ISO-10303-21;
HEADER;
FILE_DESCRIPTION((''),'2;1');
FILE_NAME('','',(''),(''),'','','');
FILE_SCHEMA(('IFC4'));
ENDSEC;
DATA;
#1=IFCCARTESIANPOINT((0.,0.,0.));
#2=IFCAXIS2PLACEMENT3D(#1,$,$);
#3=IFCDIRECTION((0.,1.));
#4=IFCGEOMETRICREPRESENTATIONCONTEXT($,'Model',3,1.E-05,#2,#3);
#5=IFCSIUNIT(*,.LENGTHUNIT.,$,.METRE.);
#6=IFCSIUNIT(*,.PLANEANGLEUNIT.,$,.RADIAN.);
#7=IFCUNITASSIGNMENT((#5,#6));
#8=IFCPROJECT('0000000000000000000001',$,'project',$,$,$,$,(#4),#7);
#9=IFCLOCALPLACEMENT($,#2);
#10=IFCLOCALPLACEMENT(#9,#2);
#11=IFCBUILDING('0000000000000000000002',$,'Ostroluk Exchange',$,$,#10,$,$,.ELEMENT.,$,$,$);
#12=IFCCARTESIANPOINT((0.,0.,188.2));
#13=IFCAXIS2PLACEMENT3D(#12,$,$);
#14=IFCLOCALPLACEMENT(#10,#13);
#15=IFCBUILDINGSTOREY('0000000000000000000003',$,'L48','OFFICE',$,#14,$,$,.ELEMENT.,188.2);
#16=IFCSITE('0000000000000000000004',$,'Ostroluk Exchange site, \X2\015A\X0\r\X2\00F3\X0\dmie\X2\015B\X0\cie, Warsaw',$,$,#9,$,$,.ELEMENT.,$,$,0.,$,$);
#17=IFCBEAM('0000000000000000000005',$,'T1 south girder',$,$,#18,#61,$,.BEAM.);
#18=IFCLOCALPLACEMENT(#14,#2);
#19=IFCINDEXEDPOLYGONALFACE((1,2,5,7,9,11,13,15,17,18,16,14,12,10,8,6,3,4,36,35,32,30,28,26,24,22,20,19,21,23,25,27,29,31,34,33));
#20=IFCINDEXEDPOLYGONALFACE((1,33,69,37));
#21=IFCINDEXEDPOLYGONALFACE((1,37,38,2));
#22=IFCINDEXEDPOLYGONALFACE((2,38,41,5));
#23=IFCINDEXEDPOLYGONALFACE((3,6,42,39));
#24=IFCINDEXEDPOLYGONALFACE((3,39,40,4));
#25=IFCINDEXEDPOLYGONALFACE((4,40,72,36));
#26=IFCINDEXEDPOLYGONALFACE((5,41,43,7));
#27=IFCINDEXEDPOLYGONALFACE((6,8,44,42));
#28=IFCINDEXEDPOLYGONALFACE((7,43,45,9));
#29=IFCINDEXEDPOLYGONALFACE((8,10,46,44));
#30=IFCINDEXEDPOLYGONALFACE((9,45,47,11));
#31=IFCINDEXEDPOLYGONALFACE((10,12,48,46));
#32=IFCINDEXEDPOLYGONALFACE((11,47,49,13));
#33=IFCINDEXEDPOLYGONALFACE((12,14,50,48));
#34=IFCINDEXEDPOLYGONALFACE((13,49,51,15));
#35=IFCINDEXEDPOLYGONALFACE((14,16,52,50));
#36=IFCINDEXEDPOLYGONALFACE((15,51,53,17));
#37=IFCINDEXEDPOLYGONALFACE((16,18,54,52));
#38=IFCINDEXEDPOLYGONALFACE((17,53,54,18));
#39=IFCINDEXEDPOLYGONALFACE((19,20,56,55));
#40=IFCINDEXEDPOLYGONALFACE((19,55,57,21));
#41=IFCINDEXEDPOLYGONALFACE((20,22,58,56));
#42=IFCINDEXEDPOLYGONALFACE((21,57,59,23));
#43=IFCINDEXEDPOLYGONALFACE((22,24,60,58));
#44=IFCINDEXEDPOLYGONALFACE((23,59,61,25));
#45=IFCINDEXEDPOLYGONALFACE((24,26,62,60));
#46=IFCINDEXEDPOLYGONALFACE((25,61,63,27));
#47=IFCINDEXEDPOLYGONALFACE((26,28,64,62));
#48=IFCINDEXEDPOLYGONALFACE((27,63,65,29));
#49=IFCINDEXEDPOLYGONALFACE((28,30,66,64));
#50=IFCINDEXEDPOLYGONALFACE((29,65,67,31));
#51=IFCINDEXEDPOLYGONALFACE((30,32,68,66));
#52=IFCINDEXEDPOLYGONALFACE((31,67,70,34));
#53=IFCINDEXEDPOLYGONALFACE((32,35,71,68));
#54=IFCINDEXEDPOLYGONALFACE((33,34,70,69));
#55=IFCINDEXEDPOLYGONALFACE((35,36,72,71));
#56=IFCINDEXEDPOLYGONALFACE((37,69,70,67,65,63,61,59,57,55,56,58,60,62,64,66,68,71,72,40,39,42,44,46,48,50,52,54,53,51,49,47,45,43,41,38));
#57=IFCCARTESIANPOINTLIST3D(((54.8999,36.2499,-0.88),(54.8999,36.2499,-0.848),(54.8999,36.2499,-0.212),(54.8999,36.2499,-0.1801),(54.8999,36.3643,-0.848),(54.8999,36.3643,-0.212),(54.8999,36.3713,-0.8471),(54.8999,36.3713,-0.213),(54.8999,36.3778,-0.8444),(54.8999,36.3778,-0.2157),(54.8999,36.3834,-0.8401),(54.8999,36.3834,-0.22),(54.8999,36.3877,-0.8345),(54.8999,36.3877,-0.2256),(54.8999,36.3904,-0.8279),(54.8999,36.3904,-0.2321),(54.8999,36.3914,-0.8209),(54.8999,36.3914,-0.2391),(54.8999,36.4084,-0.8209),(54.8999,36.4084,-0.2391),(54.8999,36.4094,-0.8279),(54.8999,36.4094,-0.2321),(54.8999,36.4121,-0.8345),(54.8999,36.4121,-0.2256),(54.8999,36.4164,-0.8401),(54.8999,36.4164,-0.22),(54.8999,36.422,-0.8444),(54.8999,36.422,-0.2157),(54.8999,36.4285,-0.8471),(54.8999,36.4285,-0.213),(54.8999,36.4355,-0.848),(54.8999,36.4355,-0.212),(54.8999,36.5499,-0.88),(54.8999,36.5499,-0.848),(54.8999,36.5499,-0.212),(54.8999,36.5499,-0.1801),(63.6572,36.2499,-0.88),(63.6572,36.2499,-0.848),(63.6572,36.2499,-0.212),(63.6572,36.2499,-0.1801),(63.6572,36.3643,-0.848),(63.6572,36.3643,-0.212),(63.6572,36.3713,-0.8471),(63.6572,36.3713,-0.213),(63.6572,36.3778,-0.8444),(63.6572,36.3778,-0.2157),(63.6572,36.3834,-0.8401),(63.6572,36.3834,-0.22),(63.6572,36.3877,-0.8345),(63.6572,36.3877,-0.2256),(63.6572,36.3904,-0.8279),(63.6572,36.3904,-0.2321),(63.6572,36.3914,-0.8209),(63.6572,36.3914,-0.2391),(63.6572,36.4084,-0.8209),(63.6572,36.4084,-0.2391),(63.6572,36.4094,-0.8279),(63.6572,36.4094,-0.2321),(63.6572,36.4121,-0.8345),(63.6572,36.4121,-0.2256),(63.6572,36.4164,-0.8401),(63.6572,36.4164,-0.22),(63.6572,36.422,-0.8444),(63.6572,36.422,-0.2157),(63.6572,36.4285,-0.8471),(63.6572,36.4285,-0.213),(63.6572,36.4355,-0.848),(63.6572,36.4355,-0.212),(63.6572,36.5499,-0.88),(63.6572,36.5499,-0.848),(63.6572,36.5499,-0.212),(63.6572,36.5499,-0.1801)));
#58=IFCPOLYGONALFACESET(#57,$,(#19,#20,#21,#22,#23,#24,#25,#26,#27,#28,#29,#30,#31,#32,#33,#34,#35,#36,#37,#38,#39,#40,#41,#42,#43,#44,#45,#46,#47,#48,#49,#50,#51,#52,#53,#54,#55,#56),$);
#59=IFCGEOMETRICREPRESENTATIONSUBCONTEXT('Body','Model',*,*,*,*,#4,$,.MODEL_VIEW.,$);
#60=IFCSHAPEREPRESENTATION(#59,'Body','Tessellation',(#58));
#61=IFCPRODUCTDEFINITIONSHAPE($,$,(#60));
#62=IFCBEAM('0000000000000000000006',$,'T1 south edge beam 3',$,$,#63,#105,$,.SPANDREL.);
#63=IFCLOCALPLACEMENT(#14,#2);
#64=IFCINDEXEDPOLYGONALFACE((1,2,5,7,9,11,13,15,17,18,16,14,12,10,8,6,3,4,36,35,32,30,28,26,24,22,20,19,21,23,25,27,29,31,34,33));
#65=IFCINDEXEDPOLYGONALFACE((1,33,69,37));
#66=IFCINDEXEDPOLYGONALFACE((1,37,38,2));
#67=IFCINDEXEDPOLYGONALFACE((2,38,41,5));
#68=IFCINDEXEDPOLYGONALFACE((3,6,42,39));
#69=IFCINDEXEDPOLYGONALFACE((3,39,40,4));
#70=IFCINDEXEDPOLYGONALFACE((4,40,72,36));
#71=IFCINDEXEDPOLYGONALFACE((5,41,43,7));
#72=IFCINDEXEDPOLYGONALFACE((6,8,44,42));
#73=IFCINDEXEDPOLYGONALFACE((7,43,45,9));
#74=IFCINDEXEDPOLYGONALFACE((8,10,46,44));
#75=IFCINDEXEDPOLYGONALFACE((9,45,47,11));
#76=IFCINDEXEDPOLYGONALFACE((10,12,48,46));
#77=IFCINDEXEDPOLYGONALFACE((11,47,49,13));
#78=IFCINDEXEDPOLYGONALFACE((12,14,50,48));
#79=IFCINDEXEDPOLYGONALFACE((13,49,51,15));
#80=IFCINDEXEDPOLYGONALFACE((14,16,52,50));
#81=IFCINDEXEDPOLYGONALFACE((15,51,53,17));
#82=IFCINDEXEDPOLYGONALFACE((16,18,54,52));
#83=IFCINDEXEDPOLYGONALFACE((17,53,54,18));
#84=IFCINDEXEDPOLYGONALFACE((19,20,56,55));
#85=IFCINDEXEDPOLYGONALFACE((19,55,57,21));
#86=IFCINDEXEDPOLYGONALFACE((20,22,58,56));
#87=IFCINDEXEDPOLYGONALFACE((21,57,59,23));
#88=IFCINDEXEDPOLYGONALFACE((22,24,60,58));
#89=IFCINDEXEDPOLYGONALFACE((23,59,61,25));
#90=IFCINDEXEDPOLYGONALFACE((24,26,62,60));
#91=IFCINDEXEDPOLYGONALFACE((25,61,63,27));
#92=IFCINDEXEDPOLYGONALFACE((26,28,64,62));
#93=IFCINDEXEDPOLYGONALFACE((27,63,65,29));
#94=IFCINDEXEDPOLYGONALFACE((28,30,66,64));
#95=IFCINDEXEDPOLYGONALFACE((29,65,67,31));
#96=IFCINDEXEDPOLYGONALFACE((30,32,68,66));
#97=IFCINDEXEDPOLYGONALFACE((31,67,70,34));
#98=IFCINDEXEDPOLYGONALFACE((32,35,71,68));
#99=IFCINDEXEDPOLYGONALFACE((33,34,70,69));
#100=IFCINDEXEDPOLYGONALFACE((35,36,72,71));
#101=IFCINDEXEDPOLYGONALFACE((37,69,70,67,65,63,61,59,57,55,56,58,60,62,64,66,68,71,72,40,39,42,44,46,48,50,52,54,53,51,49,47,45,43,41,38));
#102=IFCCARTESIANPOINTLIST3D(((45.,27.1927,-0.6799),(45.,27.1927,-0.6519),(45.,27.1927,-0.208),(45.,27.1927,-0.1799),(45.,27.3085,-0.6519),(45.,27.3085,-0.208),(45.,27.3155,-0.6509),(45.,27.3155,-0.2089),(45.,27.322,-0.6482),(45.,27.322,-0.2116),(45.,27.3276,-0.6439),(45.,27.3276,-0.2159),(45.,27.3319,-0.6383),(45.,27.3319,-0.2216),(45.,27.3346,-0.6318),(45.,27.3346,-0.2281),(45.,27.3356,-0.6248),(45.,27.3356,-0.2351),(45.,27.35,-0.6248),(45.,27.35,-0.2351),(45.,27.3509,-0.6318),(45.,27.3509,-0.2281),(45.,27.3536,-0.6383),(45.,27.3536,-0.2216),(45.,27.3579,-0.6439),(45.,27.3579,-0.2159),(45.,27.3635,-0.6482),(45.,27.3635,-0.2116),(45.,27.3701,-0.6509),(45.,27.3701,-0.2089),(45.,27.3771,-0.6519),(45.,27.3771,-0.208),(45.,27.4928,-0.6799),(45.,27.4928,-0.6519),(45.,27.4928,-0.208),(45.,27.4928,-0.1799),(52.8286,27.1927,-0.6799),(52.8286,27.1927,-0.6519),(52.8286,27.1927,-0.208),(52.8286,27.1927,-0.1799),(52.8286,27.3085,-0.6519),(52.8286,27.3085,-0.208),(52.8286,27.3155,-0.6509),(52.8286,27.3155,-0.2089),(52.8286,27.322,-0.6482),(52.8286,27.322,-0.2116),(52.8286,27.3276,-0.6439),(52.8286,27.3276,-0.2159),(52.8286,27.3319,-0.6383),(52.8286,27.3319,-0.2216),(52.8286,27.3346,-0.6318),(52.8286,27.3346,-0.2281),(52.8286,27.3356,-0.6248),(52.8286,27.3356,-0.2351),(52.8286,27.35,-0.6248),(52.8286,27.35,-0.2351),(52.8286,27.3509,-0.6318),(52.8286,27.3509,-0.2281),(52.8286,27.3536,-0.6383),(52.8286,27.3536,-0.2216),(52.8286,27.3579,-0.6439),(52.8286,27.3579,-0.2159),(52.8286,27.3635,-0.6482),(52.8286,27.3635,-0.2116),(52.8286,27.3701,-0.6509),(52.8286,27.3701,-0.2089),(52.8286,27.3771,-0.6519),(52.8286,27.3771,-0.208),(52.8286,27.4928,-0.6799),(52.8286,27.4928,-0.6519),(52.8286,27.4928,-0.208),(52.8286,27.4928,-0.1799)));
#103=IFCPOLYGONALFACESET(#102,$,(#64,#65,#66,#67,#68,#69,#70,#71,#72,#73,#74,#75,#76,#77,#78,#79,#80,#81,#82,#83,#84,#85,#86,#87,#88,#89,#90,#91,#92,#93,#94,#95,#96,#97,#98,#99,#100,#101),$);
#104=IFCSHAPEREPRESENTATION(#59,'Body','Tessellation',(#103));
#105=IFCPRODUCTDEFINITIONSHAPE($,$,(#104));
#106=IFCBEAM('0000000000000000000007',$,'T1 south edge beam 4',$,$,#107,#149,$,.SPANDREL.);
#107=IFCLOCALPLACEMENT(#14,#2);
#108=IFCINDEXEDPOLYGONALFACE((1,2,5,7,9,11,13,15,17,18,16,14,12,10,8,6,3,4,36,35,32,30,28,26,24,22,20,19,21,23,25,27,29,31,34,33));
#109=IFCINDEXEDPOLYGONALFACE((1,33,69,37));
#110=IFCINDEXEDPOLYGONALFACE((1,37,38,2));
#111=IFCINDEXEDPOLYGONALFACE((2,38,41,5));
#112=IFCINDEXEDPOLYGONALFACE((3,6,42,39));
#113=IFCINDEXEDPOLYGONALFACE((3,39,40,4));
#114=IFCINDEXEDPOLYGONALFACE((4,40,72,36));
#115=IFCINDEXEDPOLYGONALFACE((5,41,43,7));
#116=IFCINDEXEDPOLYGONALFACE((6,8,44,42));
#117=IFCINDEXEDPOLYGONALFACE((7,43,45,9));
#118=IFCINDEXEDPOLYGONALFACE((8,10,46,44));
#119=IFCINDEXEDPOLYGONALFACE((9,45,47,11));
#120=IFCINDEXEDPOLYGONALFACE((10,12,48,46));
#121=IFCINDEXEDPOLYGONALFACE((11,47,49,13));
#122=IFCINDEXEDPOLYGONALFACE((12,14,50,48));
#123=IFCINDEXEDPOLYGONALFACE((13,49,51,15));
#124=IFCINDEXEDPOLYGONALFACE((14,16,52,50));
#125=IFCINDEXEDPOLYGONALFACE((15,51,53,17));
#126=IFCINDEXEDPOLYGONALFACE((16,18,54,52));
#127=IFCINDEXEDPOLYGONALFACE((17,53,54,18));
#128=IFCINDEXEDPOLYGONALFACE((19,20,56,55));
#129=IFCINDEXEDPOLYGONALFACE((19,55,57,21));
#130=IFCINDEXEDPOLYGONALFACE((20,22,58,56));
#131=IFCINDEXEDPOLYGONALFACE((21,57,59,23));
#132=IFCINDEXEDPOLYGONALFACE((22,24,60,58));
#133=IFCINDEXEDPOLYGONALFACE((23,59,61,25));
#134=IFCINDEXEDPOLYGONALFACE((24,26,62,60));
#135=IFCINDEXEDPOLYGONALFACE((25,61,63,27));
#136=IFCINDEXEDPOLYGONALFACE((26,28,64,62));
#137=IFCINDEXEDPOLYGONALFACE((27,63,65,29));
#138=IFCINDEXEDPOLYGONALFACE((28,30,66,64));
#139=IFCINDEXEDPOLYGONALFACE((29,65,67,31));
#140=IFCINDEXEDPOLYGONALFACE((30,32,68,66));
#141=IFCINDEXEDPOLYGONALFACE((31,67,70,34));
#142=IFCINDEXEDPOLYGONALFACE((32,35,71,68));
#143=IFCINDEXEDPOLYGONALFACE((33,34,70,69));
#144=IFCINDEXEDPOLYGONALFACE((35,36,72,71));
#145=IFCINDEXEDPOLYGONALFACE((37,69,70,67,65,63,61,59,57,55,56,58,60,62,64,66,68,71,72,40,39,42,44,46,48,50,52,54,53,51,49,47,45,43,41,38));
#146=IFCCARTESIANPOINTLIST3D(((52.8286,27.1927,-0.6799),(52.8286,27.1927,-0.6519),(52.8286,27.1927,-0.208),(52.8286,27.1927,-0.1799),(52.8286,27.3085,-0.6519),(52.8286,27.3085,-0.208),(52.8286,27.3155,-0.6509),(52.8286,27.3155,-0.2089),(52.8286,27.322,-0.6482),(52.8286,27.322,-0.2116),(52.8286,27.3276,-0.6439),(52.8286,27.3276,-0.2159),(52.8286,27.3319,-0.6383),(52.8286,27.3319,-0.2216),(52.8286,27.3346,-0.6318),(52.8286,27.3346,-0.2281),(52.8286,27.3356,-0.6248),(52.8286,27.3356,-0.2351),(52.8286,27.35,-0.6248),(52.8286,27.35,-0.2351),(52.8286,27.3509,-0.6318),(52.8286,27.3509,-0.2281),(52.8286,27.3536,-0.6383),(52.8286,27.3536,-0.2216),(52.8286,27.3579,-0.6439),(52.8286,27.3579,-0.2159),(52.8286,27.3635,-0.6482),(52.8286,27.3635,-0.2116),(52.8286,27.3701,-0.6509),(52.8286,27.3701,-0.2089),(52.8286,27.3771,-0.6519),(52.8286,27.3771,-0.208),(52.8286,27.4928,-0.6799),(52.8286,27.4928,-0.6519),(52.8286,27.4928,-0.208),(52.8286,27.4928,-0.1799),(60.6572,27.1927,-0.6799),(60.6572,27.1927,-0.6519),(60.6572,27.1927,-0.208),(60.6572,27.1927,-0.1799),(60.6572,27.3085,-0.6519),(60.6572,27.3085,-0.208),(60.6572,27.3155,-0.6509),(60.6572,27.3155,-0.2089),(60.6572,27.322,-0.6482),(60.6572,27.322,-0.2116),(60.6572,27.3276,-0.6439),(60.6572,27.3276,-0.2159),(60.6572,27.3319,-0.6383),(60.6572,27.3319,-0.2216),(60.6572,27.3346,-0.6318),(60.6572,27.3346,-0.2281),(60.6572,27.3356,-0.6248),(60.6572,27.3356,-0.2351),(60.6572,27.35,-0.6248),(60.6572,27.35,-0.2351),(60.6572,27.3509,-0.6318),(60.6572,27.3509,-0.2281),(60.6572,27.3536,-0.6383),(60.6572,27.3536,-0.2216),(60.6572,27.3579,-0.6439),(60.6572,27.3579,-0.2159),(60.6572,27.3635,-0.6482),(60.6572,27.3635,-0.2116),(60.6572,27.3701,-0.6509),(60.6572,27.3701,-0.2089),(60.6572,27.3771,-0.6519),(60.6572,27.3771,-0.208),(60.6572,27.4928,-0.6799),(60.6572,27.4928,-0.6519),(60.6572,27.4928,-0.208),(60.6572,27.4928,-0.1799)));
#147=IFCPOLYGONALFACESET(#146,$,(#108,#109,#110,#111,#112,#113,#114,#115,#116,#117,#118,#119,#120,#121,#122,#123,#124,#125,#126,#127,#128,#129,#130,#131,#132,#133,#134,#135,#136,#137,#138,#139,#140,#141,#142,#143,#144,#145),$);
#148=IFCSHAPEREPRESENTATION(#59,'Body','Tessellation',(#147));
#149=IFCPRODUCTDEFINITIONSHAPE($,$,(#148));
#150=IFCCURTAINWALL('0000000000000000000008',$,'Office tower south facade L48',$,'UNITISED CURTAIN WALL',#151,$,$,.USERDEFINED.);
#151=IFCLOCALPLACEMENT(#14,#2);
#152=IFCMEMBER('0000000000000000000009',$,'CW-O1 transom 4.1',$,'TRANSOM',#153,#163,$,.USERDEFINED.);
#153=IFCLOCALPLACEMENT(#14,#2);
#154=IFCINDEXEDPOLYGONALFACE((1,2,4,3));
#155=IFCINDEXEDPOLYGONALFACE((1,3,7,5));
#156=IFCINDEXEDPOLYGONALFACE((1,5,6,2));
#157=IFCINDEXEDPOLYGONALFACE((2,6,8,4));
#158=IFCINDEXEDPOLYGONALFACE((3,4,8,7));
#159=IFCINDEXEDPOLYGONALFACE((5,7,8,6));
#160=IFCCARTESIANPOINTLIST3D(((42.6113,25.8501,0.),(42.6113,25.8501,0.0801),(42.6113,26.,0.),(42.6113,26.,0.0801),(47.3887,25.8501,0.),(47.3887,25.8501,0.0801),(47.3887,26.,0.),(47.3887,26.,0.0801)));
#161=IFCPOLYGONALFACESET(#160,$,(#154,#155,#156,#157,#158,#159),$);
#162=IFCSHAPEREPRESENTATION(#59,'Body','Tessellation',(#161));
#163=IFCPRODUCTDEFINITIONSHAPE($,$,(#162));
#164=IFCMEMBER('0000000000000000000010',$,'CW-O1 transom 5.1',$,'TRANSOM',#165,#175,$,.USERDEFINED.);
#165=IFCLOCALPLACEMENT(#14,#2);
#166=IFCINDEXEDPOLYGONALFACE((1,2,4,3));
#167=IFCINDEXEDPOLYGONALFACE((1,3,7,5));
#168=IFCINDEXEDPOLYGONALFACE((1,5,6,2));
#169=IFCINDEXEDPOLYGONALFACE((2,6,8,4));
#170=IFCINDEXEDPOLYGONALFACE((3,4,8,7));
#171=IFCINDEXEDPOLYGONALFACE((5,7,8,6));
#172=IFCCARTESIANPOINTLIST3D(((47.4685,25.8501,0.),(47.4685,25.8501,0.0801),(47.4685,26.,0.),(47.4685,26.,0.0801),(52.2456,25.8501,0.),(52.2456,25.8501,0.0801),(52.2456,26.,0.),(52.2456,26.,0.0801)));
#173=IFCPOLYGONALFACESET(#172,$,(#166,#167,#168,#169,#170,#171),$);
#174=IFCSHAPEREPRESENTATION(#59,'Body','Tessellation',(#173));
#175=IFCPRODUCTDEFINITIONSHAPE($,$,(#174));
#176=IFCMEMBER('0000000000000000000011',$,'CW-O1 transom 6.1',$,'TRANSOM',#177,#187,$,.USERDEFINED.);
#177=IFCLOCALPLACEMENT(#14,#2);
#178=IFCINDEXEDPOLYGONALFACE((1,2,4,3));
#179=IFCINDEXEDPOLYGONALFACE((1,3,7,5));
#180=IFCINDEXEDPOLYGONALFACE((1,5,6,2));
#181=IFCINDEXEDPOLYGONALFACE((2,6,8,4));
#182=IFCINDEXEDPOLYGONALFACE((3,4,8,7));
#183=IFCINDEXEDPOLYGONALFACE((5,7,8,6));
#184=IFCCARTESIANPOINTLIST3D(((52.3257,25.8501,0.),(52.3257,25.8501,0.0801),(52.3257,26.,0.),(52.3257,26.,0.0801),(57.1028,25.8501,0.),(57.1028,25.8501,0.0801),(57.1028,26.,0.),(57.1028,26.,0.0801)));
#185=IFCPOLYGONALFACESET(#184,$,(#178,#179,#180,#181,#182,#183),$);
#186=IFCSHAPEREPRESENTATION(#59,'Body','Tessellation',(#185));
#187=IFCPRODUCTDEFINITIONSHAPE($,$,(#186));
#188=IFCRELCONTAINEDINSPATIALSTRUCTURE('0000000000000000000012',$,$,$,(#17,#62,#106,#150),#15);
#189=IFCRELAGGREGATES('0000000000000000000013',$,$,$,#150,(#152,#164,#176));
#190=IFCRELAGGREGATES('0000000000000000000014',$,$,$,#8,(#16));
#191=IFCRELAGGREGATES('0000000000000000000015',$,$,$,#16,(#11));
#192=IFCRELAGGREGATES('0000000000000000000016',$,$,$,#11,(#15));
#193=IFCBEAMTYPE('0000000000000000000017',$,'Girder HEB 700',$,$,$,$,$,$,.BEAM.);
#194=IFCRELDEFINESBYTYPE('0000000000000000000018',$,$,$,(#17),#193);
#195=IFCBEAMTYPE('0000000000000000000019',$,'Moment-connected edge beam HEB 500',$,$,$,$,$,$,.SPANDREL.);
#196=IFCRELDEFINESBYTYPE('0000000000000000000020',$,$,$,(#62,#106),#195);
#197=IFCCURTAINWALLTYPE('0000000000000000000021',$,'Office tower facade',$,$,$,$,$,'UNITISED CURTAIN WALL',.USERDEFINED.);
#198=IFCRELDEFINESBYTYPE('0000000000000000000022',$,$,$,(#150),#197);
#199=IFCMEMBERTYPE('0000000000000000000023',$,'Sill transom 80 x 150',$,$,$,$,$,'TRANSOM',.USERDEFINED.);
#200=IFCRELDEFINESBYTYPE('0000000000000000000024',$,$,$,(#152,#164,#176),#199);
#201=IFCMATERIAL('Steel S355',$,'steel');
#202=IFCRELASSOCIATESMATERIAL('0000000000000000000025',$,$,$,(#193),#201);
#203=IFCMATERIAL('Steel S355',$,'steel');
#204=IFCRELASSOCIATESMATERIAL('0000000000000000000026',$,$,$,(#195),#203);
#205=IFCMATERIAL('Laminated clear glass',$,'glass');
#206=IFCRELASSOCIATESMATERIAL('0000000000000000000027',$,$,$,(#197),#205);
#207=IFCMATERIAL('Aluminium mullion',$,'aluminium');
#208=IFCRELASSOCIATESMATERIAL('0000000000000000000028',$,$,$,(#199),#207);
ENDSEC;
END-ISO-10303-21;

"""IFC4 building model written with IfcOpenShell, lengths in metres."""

from ifc_helpers import new_model, si_unit, direction, frame, origin, origin_2d, place, context, subcontext, project, spatial, rectangle, i_section, extrude, material, material_profile, profile_set, type_object, element, aggregate, save


model = new_model("IFC4")

# Units and contexts
model_context = context("Model", 3, precision=1e-05, world=origin(), true_north=direction((0.0, 1.0)))
body_context = subcontext(model_context, "Body", "Model", "MODEL_VIEW")
ifc_project = project(units=[si_unit("LENGTHUNIT", "METRE"), si_unit("PLANEANGLEUNIT", "RADIAN")], contexts=[model_context])

# Site, building, storey
site_placement = place(None, origin())
site = spatial("IfcSite", under=ifc_project, at=site_placement, Name="Ostroluk Exchange site, Śródmieście, Warsaw", CompositionType="ELEMENT", RefElevation=0.0)
building_placement = place(site_placement, origin())
building = spatial("IfcBuilding", under=site, at=building_placement, Name="Ostroluk Exchange", CompositionType="ELEMENT")
storey_placement = place(building_placement, frame((0.0, 0.0, 188.2)))
storey = spatial("IfcBuildingStorey", under=building, at=storey_placement, Name="L48", Description="OFFICE", CompositionType="ELEMENT", Elevation=188.2)

# Beams
ifc_material_1 = material(Name="Steel S355", Category="steel")
ifc_material_profile_1 = material_profile(ifc_material_1, i_section(OverallWidth=0.3, OverallDepth=0.7, WebThickness=0.0171, FlangeThickness=0.032, FilletRadius=0.0271, at=origin_2d()), Name="HEB 700")
ifc_profile_set_1 = profile_set([ifc_material_profile_1], Name="Steel S355")
beam_type_1 = type_object("IfcBeamType", Name="Girder HEB 700", PredefinedType="BEAM", material=ifc_profile_set_1)
beam_1_placement = place(storey_placement, frame((54.8999, 36.3999, -0.53), z_axis=(1.0, 0.0, 0.0), x_axis=(0.0, 1.0, 0.0)))
element("IfcBeam", 1, at=beam_1_placement, inside=storey, type_object=beam_type_1, Name="T1 south girder", PredefinedType="BEAM", context=body_context, shape_type="SweptSolid", body=[
    extrude(i_section(OverallWidth=0.3, OverallDepth=0.7, WebThickness=0.0171, FlangeThickness=0.032, FilletRadius=0.0271, at=origin_2d()), origin(), (0.0, 0.0, 1.0), 8.7573),
])
ifc_material_2 = material(Name="Steel S355", Category="steel")
ifc_material_profile_2 = material_profile(ifc_material_2, i_section(OverallWidth=0.3, OverallDepth=0.5, WebThickness=0.0144, FlangeThickness=0.0281, FilletRadius=0.0271, at=origin_2d()), Name="HEB 500")
ifc_profile_set_2 = profile_set([ifc_material_profile_2], Name="Steel S355")
beam_type_2 = type_object("IfcBeamType", Name="Moment-connected edge beam HEB 500", PredefinedType="SPANDREL", material=ifc_profile_set_2)
for number, where, z_axis, x_axis, name in (
    (2, (45.0, 27.3428, -0.4299), (1.0, 0.0, 0.0), (0.0, 1.0, 0.0), "T1 south edge beam 3"),
    (3, (52.8286, 27.3428, -0.4299), (1.0, 0.0, 0.0), (0.0, 1.0, 0.0), "T1 south edge beam 4"),
):
    element("IfcBeam", number, at=place(storey_placement, frame(where, z_axis=z_axis, x_axis=x_axis)), inside=storey, type_object=beam_type_2, Name=name, PredefinedType="SPANDREL", context=body_context, shape_type="SweptSolid", body=[
        extrude(i_section(OverallWidth=0.3, OverallDepth=0.5, WebThickness=0.0144, FlangeThickness=0.0281, FilletRadius=0.0271, at=origin_2d()), origin(), (0.0, 0.0, 1.0), 7.8286),
    ])

# Curtain wall, members
ifc_material_3 = material(Name="Laminated clear glass", Category="glass")
curtain_wall_type = type_object("IfcCurtainWallType", Name="Office tower facade", ElementType="UNITISED CURTAIN WALL", PredefinedType="USERDEFINED", material=ifc_material_3)
curtain_wall_placement = place(storey_placement, origin())
curtain_wall = element("IfcCurtainWall", 4, at=curtain_wall_placement, inside=storey, type_object=curtain_wall_type, Name="Office tower south facade L48", ObjectType="UNITISED CURTAIN WALL", PredefinedType="USERDEFINED")
ifc_material_4 = material(Name="Aluminium mullion", Category="aluminium")
ifc_material_profile_3 = material_profile(ifc_material_4, rectangle(XDim=0.1499, YDim=0.0801, at=origin_2d()), Name="Sill transom 80 x 150")
ifc_profile_set_3 = profile_set([ifc_material_profile_3], Name="Aluminium mullion")
member_type_1 = type_object("IfcMemberType", Name="Sill transom 80 x 150", ElementType="TRANSOM", PredefinedType="USERDEFINED", material=ifc_profile_set_3)
member_1_placement = place(storey_placement, frame((42.6113, 25.925, 0.04), z_axis=(1.0, 0.0, 0.0), x_axis=(0.0, 1.0, 0.0)))
member_1 = element("IfcMember", 5, at=member_1_placement, type_object=member_type_1, Name="CW-O1 transom 4.1", ObjectType="TRANSOM", PredefinedType="USERDEFINED", context=body_context, shape_type="SweptSolid", body=[
    extrude(rectangle(XDim=0.1499, YDim=0.0801, at=origin_2d()), origin(), (0.0, 0.0, 1.0), 4.7773),
])
member_2_placement = place(storey_placement, frame((47.4685, 25.925, 0.04), z_axis=(1.0, 0.0, 0.0), x_axis=(0.0, 1.0, 0.0)))
member_2 = element("IfcMember", 6, at=member_2_placement, type_object=member_type_1, Name="CW-O1 transom 5.1", ObjectType="TRANSOM", PredefinedType="USERDEFINED", context=body_context, shape_type="SweptSolid", body=[
    extrude(rectangle(XDim=0.1499, YDim=0.0801, at=origin_2d()), origin(), (0.0, 0.0, 1.0), 4.7771),
])
member_3_placement = place(storey_placement, frame((52.3257, 25.925, 0.04), z_axis=(1.0, 0.0, 0.0), x_axis=(0.0, 1.0, 0.0)))
member_3 = element("IfcMember", 7, at=member_3_placement, type_object=member_type_1, Name="CW-O1 transom 6.1", ObjectType="TRANSOM", PredefinedType="USERDEFINED", context=body_context, shape_type="SweptSolid", body=[
    extrude(rectangle(XDim=0.1499, YDim=0.0801, at=origin_2d()), origin(), (0.0, 0.0, 1.0), 4.7771),
])
aggregate(curtain_wall, [member_1, member_2, member_3])

save(model, "model.ifc")
